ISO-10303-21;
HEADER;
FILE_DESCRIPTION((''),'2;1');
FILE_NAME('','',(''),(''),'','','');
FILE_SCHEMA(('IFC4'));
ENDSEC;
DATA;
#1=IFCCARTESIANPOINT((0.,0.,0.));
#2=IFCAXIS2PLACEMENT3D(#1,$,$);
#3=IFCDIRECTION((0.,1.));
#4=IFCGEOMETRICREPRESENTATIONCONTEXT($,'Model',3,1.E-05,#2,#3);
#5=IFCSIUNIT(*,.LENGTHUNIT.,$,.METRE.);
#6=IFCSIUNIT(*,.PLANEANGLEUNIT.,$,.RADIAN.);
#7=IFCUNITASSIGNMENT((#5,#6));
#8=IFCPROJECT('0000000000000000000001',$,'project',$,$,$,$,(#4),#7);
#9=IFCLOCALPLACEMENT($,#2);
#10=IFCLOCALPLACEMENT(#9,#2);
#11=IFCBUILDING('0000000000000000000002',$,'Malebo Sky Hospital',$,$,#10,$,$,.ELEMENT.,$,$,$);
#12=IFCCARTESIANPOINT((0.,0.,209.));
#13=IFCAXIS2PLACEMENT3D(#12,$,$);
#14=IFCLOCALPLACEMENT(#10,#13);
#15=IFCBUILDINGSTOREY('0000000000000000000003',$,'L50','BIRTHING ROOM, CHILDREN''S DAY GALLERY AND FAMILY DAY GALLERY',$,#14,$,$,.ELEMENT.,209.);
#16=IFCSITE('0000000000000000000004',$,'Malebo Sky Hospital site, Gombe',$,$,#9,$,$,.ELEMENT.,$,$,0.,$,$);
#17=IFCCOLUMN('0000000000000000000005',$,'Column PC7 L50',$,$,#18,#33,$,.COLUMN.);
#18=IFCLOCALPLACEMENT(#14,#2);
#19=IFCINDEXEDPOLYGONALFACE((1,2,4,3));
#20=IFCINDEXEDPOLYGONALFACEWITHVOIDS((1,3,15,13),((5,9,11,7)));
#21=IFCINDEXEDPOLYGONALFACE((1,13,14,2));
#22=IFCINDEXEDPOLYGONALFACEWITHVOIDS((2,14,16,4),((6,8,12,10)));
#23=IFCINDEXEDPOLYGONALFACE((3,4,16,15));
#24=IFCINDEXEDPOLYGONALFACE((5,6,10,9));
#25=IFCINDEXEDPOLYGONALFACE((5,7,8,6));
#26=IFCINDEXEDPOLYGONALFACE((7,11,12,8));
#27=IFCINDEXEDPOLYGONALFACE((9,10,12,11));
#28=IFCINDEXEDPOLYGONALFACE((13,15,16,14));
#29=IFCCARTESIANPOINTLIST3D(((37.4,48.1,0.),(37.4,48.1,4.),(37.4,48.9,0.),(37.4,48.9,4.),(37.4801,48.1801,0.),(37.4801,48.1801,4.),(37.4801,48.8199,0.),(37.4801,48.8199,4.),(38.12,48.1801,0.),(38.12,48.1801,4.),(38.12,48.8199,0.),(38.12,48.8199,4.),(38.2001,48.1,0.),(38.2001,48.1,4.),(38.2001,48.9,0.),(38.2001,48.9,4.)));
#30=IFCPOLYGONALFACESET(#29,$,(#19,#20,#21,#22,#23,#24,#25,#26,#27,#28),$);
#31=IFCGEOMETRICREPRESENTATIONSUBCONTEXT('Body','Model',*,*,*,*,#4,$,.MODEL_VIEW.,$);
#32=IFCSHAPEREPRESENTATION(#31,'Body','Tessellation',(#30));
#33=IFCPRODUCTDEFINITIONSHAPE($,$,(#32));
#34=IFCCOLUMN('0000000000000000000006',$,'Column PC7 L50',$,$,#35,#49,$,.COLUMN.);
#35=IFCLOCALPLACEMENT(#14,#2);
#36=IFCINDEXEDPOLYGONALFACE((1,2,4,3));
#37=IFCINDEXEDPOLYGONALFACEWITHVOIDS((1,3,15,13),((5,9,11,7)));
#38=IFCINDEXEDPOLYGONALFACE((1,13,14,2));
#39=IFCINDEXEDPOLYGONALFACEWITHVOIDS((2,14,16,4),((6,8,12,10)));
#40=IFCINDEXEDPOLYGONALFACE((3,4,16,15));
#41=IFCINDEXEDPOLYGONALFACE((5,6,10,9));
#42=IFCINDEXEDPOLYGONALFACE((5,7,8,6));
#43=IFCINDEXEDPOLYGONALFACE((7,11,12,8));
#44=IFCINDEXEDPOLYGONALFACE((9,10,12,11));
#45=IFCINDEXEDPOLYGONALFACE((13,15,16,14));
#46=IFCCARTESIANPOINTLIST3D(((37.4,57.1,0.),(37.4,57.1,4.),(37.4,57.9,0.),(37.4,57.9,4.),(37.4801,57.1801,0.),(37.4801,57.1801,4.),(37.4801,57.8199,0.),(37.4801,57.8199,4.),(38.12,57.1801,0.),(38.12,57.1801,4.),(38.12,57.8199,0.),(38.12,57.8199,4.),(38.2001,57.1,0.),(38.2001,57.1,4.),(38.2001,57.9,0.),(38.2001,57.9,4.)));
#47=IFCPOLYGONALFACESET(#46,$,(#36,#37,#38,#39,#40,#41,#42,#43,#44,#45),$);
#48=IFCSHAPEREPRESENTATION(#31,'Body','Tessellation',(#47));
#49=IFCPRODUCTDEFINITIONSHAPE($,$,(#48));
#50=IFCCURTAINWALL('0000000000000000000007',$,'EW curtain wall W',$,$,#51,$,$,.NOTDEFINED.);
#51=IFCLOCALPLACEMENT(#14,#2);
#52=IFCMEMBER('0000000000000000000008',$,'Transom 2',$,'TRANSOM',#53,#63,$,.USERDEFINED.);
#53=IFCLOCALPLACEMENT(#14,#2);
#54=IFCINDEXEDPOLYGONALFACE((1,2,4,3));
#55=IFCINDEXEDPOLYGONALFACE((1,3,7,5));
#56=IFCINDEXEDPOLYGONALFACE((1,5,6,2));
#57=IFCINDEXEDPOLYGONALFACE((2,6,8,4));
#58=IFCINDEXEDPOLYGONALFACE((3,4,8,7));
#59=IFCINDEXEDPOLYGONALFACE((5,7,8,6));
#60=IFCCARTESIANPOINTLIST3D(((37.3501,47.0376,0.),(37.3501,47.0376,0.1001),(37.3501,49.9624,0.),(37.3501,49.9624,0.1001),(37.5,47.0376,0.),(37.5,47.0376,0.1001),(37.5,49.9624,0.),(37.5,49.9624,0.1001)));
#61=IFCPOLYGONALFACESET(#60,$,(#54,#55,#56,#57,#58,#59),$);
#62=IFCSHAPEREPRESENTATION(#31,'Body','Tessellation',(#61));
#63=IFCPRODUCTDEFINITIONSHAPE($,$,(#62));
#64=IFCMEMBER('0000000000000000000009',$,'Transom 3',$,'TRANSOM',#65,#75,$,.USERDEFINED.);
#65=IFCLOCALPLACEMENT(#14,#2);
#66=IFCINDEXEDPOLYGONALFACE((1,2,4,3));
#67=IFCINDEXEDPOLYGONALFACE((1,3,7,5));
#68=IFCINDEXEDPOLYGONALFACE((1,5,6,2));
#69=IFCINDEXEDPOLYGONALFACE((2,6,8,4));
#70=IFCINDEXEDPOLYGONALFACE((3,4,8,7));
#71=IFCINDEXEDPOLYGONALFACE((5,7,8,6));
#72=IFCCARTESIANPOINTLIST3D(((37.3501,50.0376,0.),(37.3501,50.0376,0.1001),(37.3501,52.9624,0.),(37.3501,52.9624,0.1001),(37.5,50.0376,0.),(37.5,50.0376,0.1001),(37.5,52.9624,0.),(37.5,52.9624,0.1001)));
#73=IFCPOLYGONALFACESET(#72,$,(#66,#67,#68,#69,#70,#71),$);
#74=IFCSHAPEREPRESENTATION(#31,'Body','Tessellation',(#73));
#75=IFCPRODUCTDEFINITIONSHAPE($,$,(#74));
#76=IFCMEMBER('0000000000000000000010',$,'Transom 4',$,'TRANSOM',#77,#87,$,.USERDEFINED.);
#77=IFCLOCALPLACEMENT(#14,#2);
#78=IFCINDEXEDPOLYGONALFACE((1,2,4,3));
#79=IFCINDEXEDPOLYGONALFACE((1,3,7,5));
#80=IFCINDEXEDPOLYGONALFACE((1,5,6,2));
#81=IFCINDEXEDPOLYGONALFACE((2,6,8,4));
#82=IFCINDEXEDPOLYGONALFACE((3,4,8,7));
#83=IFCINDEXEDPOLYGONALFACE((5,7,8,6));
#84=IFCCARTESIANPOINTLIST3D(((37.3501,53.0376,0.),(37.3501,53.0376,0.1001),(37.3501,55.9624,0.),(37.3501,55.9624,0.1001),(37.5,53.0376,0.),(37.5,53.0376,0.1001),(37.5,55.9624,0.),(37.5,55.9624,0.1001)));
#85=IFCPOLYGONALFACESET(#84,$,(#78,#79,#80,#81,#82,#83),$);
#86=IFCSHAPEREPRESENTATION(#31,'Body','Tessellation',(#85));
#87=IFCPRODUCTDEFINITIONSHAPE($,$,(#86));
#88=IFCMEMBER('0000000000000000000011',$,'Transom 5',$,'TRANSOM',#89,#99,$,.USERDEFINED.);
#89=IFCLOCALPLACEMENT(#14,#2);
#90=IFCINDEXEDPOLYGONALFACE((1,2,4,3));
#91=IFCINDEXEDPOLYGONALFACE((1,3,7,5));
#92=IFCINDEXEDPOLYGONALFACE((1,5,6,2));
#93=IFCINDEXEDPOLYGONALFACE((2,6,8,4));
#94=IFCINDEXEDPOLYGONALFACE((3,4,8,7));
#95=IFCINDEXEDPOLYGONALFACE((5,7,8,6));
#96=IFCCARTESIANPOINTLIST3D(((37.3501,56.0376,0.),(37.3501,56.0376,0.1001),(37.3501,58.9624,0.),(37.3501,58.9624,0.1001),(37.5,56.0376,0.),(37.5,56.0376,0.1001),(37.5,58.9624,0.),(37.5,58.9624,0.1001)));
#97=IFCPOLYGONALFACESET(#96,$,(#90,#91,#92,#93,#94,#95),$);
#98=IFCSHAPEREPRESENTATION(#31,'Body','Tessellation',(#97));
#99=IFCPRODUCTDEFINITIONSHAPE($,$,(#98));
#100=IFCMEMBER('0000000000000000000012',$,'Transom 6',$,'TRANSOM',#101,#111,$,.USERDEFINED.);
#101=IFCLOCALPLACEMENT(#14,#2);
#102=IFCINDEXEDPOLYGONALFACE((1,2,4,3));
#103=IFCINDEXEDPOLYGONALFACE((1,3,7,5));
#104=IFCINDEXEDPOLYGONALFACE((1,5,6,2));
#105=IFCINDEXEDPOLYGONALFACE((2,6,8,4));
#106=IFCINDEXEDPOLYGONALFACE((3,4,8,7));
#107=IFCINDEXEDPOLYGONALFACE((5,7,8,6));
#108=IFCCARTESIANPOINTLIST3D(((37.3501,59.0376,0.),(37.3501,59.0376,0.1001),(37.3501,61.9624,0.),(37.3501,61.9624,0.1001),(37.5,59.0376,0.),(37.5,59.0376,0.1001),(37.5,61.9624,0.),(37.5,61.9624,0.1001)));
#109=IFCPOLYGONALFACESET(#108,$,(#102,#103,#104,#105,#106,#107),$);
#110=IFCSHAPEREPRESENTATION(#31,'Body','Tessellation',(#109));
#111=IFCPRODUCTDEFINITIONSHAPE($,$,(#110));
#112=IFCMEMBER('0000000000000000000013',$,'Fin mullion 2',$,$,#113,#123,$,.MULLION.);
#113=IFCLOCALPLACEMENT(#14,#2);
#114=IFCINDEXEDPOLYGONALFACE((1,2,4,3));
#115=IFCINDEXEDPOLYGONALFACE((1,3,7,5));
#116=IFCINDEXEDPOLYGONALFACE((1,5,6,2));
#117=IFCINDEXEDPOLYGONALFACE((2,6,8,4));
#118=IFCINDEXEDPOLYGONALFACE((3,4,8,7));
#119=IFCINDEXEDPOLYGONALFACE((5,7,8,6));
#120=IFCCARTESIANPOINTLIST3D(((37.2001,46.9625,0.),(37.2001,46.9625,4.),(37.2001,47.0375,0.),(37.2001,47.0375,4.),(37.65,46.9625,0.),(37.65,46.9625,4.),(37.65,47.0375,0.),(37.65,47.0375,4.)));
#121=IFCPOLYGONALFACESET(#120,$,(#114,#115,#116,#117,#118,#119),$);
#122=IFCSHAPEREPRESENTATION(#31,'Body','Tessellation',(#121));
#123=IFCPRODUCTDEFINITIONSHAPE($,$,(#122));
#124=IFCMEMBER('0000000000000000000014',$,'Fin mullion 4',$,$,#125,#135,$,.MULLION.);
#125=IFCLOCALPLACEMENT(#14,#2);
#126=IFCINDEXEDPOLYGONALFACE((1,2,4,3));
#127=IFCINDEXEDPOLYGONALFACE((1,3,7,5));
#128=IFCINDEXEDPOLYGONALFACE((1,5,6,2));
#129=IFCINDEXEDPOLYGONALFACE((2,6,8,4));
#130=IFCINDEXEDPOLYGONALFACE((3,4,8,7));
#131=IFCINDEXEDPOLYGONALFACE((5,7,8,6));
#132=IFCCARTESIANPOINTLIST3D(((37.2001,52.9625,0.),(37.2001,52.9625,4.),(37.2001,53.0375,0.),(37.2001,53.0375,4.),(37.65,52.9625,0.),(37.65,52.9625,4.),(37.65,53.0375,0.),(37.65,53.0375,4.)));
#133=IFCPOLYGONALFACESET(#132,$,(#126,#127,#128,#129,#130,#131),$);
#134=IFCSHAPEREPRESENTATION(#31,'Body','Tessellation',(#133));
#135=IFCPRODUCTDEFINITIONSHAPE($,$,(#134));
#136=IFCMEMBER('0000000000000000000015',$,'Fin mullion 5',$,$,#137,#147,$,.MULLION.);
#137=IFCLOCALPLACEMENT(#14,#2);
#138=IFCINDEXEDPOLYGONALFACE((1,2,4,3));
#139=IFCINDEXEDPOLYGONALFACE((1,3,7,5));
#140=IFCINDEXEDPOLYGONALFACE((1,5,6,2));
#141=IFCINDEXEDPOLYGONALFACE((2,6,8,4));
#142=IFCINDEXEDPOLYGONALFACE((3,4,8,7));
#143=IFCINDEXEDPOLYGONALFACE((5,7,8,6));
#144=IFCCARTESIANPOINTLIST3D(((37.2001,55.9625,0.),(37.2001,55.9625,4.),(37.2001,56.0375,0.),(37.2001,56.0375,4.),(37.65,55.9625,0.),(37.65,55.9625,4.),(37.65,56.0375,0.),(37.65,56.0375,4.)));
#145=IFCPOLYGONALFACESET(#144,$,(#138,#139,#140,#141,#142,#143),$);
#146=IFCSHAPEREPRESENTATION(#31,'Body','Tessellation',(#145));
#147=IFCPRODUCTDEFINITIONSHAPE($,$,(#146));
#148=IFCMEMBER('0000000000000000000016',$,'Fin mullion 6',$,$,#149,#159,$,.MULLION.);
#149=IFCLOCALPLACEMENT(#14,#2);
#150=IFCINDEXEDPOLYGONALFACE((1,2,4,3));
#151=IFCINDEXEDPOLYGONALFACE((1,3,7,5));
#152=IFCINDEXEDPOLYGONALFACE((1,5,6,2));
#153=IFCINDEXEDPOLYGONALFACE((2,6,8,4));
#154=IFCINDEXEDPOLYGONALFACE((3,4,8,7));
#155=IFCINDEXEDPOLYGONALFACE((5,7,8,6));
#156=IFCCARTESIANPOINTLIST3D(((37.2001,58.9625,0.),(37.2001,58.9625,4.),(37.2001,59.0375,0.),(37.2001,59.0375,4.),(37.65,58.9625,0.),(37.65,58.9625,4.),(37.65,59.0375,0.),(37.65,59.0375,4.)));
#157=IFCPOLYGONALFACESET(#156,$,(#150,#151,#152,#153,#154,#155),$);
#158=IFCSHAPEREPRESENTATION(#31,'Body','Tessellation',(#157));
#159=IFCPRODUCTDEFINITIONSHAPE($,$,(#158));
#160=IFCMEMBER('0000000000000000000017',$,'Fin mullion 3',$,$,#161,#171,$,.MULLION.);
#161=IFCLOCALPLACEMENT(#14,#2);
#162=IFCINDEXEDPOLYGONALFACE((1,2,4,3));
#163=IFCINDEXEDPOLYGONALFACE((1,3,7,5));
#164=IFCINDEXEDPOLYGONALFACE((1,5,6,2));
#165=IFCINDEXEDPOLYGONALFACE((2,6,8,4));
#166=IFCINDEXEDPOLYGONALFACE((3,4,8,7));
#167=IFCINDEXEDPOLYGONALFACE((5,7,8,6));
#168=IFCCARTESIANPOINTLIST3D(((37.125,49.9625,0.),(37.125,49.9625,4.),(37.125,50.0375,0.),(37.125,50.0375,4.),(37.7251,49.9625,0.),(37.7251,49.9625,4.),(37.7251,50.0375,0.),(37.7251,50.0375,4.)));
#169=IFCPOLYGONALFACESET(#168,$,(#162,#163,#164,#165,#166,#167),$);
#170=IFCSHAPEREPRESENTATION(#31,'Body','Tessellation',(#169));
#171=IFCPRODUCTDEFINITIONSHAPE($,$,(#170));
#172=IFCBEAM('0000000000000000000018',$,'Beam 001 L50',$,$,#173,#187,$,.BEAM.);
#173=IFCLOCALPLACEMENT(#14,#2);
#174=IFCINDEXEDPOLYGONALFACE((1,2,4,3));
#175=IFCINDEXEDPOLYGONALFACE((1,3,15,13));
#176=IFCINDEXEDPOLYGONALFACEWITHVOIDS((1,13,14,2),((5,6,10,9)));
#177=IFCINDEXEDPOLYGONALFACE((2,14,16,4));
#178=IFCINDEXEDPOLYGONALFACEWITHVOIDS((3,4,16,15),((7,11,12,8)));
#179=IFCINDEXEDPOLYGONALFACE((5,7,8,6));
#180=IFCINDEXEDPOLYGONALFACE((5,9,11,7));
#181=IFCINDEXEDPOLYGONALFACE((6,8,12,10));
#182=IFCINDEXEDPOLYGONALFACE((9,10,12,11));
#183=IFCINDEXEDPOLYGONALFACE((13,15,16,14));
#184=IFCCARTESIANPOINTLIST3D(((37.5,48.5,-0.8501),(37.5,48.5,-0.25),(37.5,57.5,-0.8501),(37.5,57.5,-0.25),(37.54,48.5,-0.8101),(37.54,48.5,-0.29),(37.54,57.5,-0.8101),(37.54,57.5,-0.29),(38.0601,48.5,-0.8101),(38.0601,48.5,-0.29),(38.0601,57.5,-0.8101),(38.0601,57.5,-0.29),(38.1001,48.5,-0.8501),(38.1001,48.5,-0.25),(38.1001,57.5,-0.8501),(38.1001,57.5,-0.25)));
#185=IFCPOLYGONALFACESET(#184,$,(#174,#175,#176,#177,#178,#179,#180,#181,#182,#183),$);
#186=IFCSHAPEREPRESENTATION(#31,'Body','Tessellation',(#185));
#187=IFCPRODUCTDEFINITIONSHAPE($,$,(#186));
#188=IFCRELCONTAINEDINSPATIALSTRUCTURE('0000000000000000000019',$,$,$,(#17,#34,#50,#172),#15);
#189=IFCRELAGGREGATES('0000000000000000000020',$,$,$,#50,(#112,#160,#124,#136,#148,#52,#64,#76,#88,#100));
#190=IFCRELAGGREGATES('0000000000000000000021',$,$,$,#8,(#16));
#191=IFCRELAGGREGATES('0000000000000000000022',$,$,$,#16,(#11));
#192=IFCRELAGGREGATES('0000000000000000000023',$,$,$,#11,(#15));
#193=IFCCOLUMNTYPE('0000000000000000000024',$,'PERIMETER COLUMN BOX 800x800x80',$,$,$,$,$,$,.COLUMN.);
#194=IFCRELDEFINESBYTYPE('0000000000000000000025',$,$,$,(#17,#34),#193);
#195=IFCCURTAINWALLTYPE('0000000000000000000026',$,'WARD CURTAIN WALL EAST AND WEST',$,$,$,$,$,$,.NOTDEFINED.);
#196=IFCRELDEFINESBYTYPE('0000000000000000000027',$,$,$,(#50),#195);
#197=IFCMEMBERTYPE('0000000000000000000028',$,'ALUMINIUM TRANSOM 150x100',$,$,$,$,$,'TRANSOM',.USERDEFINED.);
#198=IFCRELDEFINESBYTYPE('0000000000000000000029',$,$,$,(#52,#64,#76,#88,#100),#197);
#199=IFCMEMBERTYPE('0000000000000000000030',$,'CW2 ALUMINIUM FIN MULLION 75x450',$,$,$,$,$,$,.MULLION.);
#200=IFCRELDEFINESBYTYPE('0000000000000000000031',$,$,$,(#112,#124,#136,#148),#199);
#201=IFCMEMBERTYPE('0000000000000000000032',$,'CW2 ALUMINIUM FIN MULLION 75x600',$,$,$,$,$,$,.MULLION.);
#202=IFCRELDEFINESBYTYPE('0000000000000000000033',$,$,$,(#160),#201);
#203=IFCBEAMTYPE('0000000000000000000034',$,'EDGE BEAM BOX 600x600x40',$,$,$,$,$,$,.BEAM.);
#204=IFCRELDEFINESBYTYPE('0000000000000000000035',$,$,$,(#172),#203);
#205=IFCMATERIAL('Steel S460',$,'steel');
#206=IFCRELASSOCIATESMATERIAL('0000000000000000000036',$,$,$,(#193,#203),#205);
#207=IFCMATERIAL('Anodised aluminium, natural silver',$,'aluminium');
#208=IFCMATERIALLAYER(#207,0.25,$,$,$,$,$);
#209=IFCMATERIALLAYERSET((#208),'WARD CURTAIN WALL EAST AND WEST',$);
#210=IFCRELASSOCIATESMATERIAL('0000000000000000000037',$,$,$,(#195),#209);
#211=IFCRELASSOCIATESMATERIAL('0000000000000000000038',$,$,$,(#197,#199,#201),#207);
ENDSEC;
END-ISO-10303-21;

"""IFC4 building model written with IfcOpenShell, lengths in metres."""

from ifc_helpers import new_model, si_unit, direction, frame, origin, origin_2d, place, context, subcontext, project, spatial, rectangle, hollow_rectangle, extrude, material, layer, layer_set, material_profile, profile_set, type_object, element, aggregate, save


model = new_model("IFC4")

# Units and contexts
model_context = context("Model", 3, precision=1e-05, world=origin(), true_north=direction((0.0, 1.0)))
body_context = subcontext(model_context, "Body", "Model", "MODEL_VIEW")
ifc_project = project(units=[si_unit("LENGTHUNIT", "METRE"), si_unit("PLANEANGLEUNIT", "RADIAN")], contexts=[model_context])

# Site, building, storey
site_placement = place(None, origin())
site = spatial("IfcSite", under=ifc_project, at=site_placement, Name="Malebo Sky Hospital site, Gombe", CompositionType="ELEMENT", RefElevation=0.0)
building_placement = place(site_placement, origin())
building = spatial("IfcBuilding", under=site, at=building_placement, Name="Malebo Sky Hospital", CompositionType="ELEMENT")
storey_placement = place(building_placement, frame((0.0, 0.0, 209.0)))
storey = spatial("IfcBuildingStorey", under=building, at=storey_placement, Name="L50", Description="BIRTHING ROOM, CHILDREN'S DAY GALLERY AND FAMILY DAY GALLERY", CompositionType="ELEMENT", Elevation=209.0)

# Columns
ifc_material_1 = material(Name="Steel S460", Category="steel")
ifc_material_profile_1 = material_profile(ifc_material_1, hollow_rectangle(XDim=0.8, YDim=0.8, WallThickness=0.0801, at=origin_2d()), Name="BOX 800x800x80")
ifc_profile_set_1 = profile_set([ifc_material_profile_1], Name="Steel S460")
column_type = type_object("IfcColumnType", Name="PERIMETER COLUMN BOX 800x800x80", PredefinedType="COLUMN", material=ifc_profile_set_1)
for number, where, z_axis, x_axis, name in (
    (1, (37.8, 48.5, 0.0), (0.0, 0.0, 1.0), (1.0, 0.0, 0.0), "Column PC7 L50"),
    (2, (37.8, 57.5, 0.0), (0.0, 0.0, 1.0), (1.0, 0.0, 0.0), "Column PC7 L50"),
):
    element("IfcColumn", number, at=place(storey_placement, frame(where, z_axis=z_axis, x_axis=x_axis)), inside=storey, type_object=column_type, Name=name, PredefinedType="COLUMN", context=body_context, shape_type="SweptSolid", body=[
        extrude(hollow_rectangle(XDim=0.8, YDim=0.8, WallThickness=0.0801, at=origin_2d()), origin(), (0.0, 0.0, 1.0), 4.0),
    ])

# Curtain wall, members
ifc_material_2 = material(Name="Anodised aluminium, natural silver", Category="aluminium")
ifc_layer_1 = layer(ifc_material_2, 0.25)
ifc_layer_set_1 = layer_set([ifc_layer_1], Name="WARD CURTAIN WALL EAST AND WEST")
curtain_wall_type = type_object("IfcCurtainWallType", Name="WARD CURTAIN WALL EAST AND WEST", PredefinedType="NOTDEFINED", material=ifc_layer_set_1)
curtain_wall_placement = place(storey_placement, origin())
curtain_wall = element("IfcCurtainWall", 3, at=curtain_wall_placement, inside=storey, type_object=curtain_wall_type, Name="EW curtain wall W", PredefinedType="NOTDEFINED")
ifc_material_profile_2 = material_profile(ifc_material_2, rectangle(XDim=0.1499, YDim=0.1001, at=origin_2d()), Name="ALUMINIUM TRANSOM 150x100")
ifc_profile_set_2 = profile_set([ifc_material_profile_2], Name="Anodised aluminium, natural silver")
member_type_1 = type_object("IfcMemberType", Name="ALUMINIUM TRANSOM 150x100", ElementType="TRANSOM", PredefinedType="USERDEFINED", material=ifc_profile_set_2)
member_1_placement = place(storey_placement, frame((37.425, 47.0376, 0.05), z_axis=(0.0, 1.0, 0.0), x_axis=(-1.0, 0.0, 0.0)))
member_1 = element("IfcMember", 4, at=member_1_placement, type_object=member_type_1, Name="Transom 2", ObjectType="TRANSOM", PredefinedType="USERDEFINED", context=body_context, shape_type="SweptSolid", body=[
    extrude(rectangle(XDim=0.1499, YDim=0.1001, at=origin_2d()), origin(), (0.0, 0.0, 1.0), 2.9248),
])
member_2_placement = place(storey_placement, frame((37.425, 50.0376, 0.05), z_axis=(0.0, 1.0, 0.0), x_axis=(-1.0, 0.0, 0.0)))
member_2 = element("IfcMember", 5, at=member_2_placement, type_object=member_type_1, Name="Transom 3", ObjectType="TRANSOM", PredefinedType="USERDEFINED", context=body_context, shape_type="SweptSolid", body=[
    extrude(rectangle(XDim=0.1499, YDim=0.1001, at=origin_2d()), origin(), (0.0, 0.0, 1.0), 2.9248),
])
member_3_placement = place(storey_placement, frame((37.425, 53.0376, 0.05), z_axis=(0.0, 1.0, 0.0), x_axis=(-1.0, 0.0, 0.0)))
member_3 = element("IfcMember", 6, at=member_3_placement, type_object=member_type_1, Name="Transom 4", ObjectType="TRANSOM", PredefinedType="USERDEFINED", context=body_context, shape_type="SweptSolid", body=[
    extrude(rectangle(XDim=0.1499, YDim=0.1001, at=origin_2d()), origin(), (0.0, 0.0, 1.0), 2.9248),
])
member_4_placement = place(storey_placement, frame((37.425, 56.0376, 0.05), z_axis=(0.0, 1.0, 0.0), x_axis=(-1.0, 0.0, 0.0)))
member_4 = element("IfcMember", 7, at=member_4_placement, type_object=member_type_1, Name="Transom 5", ObjectType="TRANSOM", PredefinedType="USERDEFINED", context=body_context, shape_type="SweptSolid", body=[
    extrude(rectangle(XDim=0.1499, YDim=0.1001, at=origin_2d()), origin(), (0.0, 0.0, 1.0), 2.9248),
])
member_5_placement = place(storey_placement, frame((37.425, 59.0376, 0.05), z_axis=(0.0, 1.0, 0.0), x_axis=(-1.0, 0.0, 0.0)))
member_5 = element("IfcMember", 8, at=member_5_placement, type_object=member_type_1, Name="Transom 6", ObjectType="TRANSOM", PredefinedType="USERDEFINED", context=body_context, shape_type="SweptSolid", body=[
    extrude(rectangle(XDim=0.1499, YDim=0.1001, at=origin_2d()), origin(), (0.0, 0.0, 1.0), 2.9248),
])
ifc_material_profile_3 = material_profile(ifc_material_2, rectangle(XDim=0.075, YDim=0.45, at=origin_2d()), Name="CW2 ALUMINIUM FIN MULLION 75x450")
ifc_profile_set_3 = profile_set([ifc_material_profile_3], Name="Anodised aluminium, natural silver")
member_type_2 = type_object("IfcMemberType", Name="CW2 ALUMINIUM FIN MULLION 75x450", PredefinedType="MULLION", material=ifc_profile_set_3)
member_6_placement = place(storey_placement, frame((37.425, 47.0, 0.0), z_axis=(0.0, 0.0, 1.0), x_axis=(0.0, 1.0, 0.0)))
member_6 = element("IfcMember", 9, at=member_6_placement, type_object=member_type_2, Name="Fin mullion 2", PredefinedType="MULLION", context=body_context, shape_type="SweptSolid", body=[
    extrude(rectangle(XDim=0.075, YDim=0.45, at=origin_2d()), origin(), (0.0, 0.0, 1.0), 4.0),
])
member_7_placement = place(storey_placement, frame((37.425, 53.0, 0.0), z_axis=(0.0, 0.0, 1.0), x_axis=(0.0, 1.0, 0.0)))
member_7 = element("IfcMember", 10, at=member_7_placement, type_object=member_type_2, Name="Fin mullion 4", PredefinedType="MULLION", context=body_context, shape_type="SweptSolid", body=[
    extrude(rectangle(XDim=0.075, YDim=0.45, at=origin_2d()), origin(), (0.0, 0.0, 1.0), 4.0),
])
member_8_placement = place(storey_placement, frame((37.425, 56.0, 0.0), z_axis=(0.0, 0.0, 1.0), x_axis=(0.0, 1.0, 0.0)))
member_8 = element("IfcMember", 11, at=member_8_placement, type_object=member_type_2, Name="Fin mullion 5", PredefinedType="MULLION", context=body_context, shape_type="SweptSolid", body=[
    extrude(rectangle(XDim=0.075, YDim=0.45, at=origin_2d()), origin(), (0.0, 0.0, 1.0), 4.0),
])
member_9_placement = place(storey_placement, frame((37.425, 59.0, 0.0), z_axis=(0.0, 0.0, 1.0), x_axis=(0.0, 1.0, 0.0)))
member_9 = element("IfcMember", 12, at=member_9_placement, type_object=member_type_2, Name="Fin mullion 6", PredefinedType="MULLION", context=body_context, shape_type="SweptSolid", body=[
    extrude(rectangle(XDim=0.075, YDim=0.45, at=origin_2d()), origin(), (0.0, 0.0, 1.0), 4.0),
])
ifc_material_profile_4 = material_profile(ifc_material_2, rectangle(XDim=0.075, YDim=0.6001, at=origin_2d()), Name="CW2 ALUMINIUM FIN MULLION 75x600")
ifc_profile_set_4 = profile_set([ifc_material_profile_4], Name="Anodised aluminium, natural silver")
member_type_3 = type_object("IfcMemberType", Name="CW2 ALUMINIUM FIN MULLION 75x600", PredefinedType="MULLION", material=ifc_profile_set_4)
member_10_placement = place(storey_placement, frame((37.425, 50.0, 0.0), z_axis=(0.0, 0.0, 1.0), x_axis=(0.0, 1.0, 0.0)))
member_10 = element("IfcMember", 13, at=member_10_placement, type_object=member_type_3, Name="Fin mullion 3", PredefinedType="MULLION", context=body_context, shape_type="SweptSolid", body=[
    extrude(rectangle(XDim=0.075, YDim=0.6001, at=origin_2d()), origin(), (0.0, 0.0, 1.0), 4.0),
])

# Beam
ifc_material_profile_5 = material_profile(ifc_material_1, hollow_rectangle(XDim=0.6001, YDim=0.6001, WallThickness=0.04, at=origin_2d()), Name="BOX 600x600x40")
ifc_profile_set_5 = profile_set([ifc_material_profile_5], Name="Steel S460")
beam_type_1 = type_object("IfcBeamType", Name="EDGE BEAM BOX 600x600x40", PredefinedType="BEAM", material=ifc_profile_set_5)
for number, where, z_axis, x_axis, name in (
    (14, (37.8, 48.5, -0.55), (0.0, 1.0, 0.0), (-1.0, 0.0, 0.0), "Beam 001 L50"),
):
    element("IfcBeam", number, at=place(storey_placement, frame(where, z_axis=z_axis, x_axis=x_axis)), inside=storey, type_object=beam_type_1, Name=name, PredefinedType="BEAM", context=body_context, shape_type="SweptSolid", body=[
        extrude(hollow_rectangle(XDim=0.6001, YDim=0.6001, WallThickness=0.04, at=origin_2d()), origin(), (0.0, 0.0, 1.0), 9.0),
    ])

aggregate(curtain_wall, [member_6, member_10, member_7, member_8, member_9, member_1, member_2, member_3, member_4, member_5])

save(model, "model.ifc")
